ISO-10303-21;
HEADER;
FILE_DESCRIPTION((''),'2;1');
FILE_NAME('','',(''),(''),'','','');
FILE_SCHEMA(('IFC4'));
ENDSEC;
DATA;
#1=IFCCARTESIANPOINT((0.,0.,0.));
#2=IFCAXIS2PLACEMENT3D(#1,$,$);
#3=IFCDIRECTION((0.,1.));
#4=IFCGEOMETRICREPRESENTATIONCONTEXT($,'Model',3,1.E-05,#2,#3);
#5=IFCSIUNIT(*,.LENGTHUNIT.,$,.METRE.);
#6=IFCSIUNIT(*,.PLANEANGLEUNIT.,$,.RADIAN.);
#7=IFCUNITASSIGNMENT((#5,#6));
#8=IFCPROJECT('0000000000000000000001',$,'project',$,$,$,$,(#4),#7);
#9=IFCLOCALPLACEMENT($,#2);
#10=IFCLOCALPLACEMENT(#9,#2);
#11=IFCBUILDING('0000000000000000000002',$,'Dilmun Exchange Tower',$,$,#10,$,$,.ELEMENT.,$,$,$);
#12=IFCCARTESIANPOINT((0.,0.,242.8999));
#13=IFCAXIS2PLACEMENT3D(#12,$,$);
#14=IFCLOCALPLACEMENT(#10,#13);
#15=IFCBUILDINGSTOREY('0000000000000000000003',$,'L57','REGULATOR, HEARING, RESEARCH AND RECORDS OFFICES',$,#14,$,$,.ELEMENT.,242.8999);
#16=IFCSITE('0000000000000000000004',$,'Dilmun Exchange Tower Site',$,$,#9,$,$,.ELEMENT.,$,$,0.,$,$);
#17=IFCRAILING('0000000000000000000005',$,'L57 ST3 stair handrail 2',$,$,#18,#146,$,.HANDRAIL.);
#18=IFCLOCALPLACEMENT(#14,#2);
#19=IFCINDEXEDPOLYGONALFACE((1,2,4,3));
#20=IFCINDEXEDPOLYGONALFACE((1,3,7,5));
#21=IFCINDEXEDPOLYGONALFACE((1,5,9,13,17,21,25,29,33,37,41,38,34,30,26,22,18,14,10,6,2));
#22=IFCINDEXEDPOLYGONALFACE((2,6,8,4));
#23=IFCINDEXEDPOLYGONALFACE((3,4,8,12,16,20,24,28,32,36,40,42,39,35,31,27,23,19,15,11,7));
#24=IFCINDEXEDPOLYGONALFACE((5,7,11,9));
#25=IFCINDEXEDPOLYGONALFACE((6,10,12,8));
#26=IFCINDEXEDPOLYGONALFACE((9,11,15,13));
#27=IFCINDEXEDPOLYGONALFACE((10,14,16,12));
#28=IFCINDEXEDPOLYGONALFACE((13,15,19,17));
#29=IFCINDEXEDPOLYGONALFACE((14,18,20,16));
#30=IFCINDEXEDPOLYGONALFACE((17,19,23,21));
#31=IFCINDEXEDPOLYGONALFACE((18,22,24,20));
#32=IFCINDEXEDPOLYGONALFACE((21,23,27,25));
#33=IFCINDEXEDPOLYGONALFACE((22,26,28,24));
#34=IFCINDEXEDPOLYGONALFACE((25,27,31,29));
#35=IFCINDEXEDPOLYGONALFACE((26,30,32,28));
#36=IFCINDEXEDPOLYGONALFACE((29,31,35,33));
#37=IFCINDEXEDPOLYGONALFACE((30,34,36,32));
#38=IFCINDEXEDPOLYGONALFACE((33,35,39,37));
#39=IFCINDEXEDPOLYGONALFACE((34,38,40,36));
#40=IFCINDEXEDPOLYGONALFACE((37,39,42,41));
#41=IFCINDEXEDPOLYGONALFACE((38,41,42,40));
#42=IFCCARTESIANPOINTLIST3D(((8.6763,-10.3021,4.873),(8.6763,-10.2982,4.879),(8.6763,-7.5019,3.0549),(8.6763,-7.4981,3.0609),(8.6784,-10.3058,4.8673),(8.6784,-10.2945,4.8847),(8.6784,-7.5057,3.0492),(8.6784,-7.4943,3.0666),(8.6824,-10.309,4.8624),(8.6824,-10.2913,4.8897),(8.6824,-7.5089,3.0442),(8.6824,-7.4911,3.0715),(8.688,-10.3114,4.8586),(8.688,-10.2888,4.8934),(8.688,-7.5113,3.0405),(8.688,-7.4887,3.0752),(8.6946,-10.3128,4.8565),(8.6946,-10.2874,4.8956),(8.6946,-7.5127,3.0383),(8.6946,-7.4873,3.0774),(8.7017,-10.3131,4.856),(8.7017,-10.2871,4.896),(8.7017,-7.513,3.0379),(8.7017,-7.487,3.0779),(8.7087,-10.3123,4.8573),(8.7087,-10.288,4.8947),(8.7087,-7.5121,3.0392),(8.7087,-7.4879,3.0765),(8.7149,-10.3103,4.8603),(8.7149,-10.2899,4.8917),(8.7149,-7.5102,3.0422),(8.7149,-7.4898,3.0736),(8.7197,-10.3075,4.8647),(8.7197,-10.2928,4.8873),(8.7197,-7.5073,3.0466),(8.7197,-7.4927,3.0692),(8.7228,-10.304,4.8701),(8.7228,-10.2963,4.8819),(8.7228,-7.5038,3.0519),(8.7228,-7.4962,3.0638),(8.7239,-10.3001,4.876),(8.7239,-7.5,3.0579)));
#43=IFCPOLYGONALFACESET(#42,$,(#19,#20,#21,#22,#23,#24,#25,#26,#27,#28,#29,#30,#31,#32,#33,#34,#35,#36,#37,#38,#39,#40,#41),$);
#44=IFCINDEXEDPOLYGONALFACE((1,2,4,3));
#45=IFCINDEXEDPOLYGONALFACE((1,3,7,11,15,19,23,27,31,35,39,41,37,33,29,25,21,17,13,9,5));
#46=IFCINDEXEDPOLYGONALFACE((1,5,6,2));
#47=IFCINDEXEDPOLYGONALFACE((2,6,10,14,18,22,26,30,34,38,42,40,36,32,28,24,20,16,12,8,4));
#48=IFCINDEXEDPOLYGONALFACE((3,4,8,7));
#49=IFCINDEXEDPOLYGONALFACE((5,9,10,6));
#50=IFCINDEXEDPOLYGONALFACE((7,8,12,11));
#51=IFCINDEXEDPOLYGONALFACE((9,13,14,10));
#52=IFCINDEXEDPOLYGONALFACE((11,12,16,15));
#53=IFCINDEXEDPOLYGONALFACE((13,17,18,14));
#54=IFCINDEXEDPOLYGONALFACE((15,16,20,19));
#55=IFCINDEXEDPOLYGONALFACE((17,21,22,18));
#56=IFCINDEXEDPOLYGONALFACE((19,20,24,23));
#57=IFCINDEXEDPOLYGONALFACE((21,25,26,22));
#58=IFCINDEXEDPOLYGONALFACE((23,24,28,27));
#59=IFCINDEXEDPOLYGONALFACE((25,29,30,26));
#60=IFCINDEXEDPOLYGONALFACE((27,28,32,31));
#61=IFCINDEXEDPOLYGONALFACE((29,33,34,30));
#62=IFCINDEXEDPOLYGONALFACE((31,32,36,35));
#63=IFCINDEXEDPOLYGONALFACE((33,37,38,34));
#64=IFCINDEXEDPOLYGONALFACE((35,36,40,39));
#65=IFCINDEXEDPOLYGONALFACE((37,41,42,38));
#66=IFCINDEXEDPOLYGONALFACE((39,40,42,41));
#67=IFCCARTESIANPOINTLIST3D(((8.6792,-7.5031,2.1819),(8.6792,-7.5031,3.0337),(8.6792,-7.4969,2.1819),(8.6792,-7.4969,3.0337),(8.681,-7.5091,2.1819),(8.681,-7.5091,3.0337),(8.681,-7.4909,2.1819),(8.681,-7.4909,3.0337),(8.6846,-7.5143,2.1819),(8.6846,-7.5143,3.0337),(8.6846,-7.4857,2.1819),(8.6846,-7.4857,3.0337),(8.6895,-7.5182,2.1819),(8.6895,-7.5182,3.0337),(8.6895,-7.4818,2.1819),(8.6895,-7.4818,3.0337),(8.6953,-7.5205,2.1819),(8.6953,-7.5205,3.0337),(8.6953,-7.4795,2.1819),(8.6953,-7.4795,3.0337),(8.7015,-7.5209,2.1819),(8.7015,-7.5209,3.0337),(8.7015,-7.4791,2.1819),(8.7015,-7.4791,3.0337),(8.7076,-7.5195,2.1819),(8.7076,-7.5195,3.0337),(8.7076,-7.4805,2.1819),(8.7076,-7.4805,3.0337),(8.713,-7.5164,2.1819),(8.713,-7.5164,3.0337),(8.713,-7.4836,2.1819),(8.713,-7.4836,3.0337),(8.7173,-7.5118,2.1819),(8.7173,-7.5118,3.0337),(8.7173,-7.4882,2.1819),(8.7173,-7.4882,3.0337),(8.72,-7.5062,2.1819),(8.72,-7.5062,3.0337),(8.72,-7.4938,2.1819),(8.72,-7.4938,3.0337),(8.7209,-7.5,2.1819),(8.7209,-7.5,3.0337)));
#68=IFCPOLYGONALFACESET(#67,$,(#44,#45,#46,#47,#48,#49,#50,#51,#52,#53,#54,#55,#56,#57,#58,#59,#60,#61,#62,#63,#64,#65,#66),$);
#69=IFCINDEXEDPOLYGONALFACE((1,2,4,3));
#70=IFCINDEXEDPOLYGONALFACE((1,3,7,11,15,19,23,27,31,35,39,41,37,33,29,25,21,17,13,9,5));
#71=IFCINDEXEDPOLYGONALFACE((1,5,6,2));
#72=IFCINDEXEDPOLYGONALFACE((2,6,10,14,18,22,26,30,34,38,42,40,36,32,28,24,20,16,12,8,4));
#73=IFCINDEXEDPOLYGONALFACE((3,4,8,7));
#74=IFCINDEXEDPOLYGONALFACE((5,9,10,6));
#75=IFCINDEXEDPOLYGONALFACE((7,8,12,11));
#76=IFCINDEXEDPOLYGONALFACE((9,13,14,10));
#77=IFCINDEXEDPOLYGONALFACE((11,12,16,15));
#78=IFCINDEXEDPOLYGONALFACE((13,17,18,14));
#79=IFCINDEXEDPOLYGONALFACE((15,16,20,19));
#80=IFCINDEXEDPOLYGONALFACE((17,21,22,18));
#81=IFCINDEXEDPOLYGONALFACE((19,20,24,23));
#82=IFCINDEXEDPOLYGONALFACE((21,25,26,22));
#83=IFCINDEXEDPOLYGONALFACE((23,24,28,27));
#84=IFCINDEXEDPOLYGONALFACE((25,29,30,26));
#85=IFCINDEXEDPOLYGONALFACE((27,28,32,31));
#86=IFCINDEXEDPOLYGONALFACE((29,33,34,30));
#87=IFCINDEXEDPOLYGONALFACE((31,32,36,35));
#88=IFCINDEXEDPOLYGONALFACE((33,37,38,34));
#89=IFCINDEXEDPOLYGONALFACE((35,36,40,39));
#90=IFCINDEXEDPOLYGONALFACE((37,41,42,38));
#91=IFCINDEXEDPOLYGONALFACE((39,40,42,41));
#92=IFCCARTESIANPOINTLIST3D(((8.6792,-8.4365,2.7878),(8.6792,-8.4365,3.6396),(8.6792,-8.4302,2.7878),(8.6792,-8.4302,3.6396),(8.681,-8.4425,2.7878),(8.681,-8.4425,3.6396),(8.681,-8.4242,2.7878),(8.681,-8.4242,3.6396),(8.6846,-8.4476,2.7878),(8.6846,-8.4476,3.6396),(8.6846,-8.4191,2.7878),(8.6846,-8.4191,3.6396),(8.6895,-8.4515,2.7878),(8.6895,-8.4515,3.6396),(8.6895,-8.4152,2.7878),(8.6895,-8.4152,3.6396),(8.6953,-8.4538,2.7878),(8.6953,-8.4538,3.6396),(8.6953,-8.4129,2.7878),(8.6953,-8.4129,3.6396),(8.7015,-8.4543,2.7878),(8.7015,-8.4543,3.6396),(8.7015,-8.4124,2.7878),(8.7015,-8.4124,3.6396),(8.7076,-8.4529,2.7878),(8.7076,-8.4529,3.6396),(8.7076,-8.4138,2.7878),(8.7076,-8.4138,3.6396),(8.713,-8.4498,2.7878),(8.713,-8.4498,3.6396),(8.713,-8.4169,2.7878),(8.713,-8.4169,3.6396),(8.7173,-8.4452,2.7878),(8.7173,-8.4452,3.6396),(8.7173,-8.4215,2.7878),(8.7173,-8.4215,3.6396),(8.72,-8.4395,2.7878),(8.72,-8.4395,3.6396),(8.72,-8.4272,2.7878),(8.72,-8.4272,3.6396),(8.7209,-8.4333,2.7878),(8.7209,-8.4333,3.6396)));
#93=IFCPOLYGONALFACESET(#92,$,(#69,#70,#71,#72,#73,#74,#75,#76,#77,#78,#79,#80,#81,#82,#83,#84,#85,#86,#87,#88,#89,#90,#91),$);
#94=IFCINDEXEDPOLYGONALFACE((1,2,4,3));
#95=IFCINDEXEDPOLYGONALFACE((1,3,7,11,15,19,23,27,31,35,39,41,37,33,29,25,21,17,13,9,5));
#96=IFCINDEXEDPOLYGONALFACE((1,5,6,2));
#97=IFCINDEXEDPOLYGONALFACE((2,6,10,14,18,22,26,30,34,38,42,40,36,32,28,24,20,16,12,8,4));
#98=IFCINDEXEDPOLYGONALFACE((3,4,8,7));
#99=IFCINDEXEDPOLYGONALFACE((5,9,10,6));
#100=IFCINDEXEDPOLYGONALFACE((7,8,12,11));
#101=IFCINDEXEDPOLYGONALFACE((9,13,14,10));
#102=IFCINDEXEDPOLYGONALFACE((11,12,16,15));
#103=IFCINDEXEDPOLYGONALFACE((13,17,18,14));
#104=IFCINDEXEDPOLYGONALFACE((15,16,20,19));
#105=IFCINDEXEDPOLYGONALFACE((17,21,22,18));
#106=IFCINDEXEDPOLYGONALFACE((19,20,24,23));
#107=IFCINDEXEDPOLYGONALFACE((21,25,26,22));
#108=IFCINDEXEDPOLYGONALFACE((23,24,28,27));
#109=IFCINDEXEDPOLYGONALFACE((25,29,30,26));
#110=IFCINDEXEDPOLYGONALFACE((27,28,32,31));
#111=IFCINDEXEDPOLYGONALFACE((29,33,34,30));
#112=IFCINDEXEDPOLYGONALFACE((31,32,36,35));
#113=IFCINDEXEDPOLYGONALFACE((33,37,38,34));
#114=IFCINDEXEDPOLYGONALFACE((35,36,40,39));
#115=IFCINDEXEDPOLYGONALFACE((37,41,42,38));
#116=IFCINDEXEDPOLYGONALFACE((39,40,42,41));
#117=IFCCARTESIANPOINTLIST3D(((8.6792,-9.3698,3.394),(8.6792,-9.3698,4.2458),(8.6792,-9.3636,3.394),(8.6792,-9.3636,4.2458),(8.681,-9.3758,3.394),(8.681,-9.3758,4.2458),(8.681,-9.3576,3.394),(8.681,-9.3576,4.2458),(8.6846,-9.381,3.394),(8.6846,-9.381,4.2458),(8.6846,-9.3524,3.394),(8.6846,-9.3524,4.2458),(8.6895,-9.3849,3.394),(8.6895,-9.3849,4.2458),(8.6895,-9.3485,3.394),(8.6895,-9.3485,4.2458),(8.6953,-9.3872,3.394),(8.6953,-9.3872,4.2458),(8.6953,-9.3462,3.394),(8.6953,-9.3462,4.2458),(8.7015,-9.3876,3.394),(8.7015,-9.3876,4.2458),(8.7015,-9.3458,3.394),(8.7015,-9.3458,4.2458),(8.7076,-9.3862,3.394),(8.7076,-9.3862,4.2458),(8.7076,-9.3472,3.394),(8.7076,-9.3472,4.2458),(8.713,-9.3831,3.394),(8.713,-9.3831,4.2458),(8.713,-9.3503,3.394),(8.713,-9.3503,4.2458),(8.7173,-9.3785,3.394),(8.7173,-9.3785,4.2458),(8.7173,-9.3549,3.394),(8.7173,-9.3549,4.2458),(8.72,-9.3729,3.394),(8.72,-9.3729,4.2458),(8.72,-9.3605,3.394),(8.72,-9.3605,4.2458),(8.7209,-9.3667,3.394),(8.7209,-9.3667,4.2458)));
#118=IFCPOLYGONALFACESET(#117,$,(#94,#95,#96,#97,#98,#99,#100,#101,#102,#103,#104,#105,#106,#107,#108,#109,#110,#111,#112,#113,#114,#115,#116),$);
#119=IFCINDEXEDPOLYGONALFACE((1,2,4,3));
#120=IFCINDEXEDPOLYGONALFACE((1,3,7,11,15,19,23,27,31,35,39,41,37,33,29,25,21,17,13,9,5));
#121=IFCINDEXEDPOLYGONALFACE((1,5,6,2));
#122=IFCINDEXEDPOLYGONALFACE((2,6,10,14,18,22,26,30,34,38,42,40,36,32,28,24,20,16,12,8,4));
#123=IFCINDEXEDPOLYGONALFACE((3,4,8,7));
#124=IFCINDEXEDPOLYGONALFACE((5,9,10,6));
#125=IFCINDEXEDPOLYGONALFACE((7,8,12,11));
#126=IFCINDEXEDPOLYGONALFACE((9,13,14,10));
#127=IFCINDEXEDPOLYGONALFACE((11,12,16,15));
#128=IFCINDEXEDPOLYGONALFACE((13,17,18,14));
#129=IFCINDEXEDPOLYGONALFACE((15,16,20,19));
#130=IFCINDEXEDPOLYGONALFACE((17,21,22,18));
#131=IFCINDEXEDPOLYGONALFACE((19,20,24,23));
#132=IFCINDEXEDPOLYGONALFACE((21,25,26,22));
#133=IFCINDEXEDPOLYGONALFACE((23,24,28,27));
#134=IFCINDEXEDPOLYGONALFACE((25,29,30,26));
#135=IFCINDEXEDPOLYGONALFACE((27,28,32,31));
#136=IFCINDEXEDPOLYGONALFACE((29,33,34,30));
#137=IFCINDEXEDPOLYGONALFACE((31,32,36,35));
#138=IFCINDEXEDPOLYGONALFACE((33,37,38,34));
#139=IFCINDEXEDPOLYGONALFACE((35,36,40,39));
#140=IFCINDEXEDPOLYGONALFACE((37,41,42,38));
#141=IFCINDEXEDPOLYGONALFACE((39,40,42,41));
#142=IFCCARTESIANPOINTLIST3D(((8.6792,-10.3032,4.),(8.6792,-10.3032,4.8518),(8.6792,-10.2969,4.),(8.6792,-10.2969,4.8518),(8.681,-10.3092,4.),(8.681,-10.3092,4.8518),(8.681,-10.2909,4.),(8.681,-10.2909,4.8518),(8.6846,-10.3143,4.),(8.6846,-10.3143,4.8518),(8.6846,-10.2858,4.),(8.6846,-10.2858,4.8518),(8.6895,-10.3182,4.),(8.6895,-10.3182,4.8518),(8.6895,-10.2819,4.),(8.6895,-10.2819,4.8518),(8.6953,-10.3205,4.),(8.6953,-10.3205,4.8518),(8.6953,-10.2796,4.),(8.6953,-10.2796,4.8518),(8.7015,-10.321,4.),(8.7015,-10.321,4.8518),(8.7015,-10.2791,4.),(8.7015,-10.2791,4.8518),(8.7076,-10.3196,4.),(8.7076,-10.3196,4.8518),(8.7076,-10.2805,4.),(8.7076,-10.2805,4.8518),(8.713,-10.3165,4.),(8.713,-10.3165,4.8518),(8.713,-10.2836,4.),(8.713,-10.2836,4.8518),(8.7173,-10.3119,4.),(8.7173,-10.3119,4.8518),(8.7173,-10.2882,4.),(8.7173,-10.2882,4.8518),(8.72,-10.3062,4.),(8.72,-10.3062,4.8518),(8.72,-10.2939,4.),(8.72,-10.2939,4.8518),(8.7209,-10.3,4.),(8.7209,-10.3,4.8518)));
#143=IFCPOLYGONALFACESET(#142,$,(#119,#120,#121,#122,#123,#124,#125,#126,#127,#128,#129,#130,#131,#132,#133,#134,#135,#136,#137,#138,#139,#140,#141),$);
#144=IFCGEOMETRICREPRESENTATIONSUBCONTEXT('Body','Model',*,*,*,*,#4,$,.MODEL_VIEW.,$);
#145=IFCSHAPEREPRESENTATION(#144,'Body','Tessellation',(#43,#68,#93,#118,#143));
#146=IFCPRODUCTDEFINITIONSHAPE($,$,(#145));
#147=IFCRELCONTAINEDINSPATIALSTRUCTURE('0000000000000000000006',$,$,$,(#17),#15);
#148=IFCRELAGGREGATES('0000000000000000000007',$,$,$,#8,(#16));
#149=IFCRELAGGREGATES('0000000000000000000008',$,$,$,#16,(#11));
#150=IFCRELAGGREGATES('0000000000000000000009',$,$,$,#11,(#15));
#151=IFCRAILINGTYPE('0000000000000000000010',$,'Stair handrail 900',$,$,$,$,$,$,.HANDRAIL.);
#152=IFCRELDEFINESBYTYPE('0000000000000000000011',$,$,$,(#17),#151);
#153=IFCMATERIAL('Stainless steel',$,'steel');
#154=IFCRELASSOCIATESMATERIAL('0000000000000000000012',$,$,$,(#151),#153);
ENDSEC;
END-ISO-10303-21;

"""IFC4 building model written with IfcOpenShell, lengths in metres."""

from ifc_helpers import new_model, si_unit, direction, frame, origin, origin_2d, place, context, subcontext, project, spatial, circle, extrude, material, type_object, element, save


model = new_model("IFC4")

# Units and contexts
model_context = context("Model", 3, precision=1e-05, world=origin(), true_north=direction((0.0, 1.0)))
body_context = subcontext(model_context, "Body", "Model", "MODEL_VIEW")
ifc_project = project(units=[si_unit("LENGTHUNIT", "METRE"), si_unit("PLANEANGLEUNIT", "RADIAN")], contexts=[model_context])

# Site, building, storey
site_placement = place(None, origin())
site = spatial("IfcSite", under=ifc_project, at=site_placement, Name="Dilmun Exchange Tower Site", CompositionType="ELEMENT", RefElevation=0.0)
building_placement = place(site_placement, origin())
building = spatial("IfcBuilding", under=site, at=building_placement, Name="Dilmun Exchange Tower", CompositionType="ELEMENT")
storey_placement = place(building_placement, frame((0.0, 0.0, 242.8999)))
storey = spatial("IfcBuildingStorey", under=building, at=storey_placement, Name="L57", Description="REGULATOR, HEARING, RESEARCH AND RECORDS OFFICES", CompositionType="ELEMENT", Elevation=242.8999)

# Railing
ifc_material_1 = material(Name="Stainless steel", Category="steel")
railing_type = type_object("IfcRailingType", Name="Stair handrail 900", PredefinedType="HANDRAIL", material=ifc_material_1)
railing_1_placement = place(storey_placement, frame((8.7, -7.5, 2.1819)))
element("IfcRailing", 1, at=railing_1_placement, inside=storey, type_object=railing_type, Name="L57 ST3 stair handrail 2", PredefinedType="HANDRAIL", context=body_context, shape_type="SweptSolid", body=[
    extrude(circle(Radius=0.0239, at=origin_2d()), frame((0.0, 0.0, 0.876), z_axis=(0.0, -0.838706, 0.544585), x_axis=(1.0, 0.0, 0.0)), (0.0, 0.0, 1.0), 3.3386),
    extrude(circle(Radius=0.021, at=origin_2d()), origin(), (0.0, 0.0, 1.0), 0.8518),
    extrude(circle(Radius=0.021, at=origin_2d()), frame((0.0, -0.9333, 0.606)), (0.0, 0.0, 1.0), 0.8518),
    extrude(circle(Radius=0.021, at=origin_2d()), frame((0.0, -1.8667, 1.2122)), (0.0, 0.0, 1.0), 0.8518),
    extrude(circle(Radius=0.021, at=origin_2d()), frame((0.0, -2.8, 1.8181)), (0.0, 0.0, 1.0), 0.8518),
])

save(model, "model.ifc")
